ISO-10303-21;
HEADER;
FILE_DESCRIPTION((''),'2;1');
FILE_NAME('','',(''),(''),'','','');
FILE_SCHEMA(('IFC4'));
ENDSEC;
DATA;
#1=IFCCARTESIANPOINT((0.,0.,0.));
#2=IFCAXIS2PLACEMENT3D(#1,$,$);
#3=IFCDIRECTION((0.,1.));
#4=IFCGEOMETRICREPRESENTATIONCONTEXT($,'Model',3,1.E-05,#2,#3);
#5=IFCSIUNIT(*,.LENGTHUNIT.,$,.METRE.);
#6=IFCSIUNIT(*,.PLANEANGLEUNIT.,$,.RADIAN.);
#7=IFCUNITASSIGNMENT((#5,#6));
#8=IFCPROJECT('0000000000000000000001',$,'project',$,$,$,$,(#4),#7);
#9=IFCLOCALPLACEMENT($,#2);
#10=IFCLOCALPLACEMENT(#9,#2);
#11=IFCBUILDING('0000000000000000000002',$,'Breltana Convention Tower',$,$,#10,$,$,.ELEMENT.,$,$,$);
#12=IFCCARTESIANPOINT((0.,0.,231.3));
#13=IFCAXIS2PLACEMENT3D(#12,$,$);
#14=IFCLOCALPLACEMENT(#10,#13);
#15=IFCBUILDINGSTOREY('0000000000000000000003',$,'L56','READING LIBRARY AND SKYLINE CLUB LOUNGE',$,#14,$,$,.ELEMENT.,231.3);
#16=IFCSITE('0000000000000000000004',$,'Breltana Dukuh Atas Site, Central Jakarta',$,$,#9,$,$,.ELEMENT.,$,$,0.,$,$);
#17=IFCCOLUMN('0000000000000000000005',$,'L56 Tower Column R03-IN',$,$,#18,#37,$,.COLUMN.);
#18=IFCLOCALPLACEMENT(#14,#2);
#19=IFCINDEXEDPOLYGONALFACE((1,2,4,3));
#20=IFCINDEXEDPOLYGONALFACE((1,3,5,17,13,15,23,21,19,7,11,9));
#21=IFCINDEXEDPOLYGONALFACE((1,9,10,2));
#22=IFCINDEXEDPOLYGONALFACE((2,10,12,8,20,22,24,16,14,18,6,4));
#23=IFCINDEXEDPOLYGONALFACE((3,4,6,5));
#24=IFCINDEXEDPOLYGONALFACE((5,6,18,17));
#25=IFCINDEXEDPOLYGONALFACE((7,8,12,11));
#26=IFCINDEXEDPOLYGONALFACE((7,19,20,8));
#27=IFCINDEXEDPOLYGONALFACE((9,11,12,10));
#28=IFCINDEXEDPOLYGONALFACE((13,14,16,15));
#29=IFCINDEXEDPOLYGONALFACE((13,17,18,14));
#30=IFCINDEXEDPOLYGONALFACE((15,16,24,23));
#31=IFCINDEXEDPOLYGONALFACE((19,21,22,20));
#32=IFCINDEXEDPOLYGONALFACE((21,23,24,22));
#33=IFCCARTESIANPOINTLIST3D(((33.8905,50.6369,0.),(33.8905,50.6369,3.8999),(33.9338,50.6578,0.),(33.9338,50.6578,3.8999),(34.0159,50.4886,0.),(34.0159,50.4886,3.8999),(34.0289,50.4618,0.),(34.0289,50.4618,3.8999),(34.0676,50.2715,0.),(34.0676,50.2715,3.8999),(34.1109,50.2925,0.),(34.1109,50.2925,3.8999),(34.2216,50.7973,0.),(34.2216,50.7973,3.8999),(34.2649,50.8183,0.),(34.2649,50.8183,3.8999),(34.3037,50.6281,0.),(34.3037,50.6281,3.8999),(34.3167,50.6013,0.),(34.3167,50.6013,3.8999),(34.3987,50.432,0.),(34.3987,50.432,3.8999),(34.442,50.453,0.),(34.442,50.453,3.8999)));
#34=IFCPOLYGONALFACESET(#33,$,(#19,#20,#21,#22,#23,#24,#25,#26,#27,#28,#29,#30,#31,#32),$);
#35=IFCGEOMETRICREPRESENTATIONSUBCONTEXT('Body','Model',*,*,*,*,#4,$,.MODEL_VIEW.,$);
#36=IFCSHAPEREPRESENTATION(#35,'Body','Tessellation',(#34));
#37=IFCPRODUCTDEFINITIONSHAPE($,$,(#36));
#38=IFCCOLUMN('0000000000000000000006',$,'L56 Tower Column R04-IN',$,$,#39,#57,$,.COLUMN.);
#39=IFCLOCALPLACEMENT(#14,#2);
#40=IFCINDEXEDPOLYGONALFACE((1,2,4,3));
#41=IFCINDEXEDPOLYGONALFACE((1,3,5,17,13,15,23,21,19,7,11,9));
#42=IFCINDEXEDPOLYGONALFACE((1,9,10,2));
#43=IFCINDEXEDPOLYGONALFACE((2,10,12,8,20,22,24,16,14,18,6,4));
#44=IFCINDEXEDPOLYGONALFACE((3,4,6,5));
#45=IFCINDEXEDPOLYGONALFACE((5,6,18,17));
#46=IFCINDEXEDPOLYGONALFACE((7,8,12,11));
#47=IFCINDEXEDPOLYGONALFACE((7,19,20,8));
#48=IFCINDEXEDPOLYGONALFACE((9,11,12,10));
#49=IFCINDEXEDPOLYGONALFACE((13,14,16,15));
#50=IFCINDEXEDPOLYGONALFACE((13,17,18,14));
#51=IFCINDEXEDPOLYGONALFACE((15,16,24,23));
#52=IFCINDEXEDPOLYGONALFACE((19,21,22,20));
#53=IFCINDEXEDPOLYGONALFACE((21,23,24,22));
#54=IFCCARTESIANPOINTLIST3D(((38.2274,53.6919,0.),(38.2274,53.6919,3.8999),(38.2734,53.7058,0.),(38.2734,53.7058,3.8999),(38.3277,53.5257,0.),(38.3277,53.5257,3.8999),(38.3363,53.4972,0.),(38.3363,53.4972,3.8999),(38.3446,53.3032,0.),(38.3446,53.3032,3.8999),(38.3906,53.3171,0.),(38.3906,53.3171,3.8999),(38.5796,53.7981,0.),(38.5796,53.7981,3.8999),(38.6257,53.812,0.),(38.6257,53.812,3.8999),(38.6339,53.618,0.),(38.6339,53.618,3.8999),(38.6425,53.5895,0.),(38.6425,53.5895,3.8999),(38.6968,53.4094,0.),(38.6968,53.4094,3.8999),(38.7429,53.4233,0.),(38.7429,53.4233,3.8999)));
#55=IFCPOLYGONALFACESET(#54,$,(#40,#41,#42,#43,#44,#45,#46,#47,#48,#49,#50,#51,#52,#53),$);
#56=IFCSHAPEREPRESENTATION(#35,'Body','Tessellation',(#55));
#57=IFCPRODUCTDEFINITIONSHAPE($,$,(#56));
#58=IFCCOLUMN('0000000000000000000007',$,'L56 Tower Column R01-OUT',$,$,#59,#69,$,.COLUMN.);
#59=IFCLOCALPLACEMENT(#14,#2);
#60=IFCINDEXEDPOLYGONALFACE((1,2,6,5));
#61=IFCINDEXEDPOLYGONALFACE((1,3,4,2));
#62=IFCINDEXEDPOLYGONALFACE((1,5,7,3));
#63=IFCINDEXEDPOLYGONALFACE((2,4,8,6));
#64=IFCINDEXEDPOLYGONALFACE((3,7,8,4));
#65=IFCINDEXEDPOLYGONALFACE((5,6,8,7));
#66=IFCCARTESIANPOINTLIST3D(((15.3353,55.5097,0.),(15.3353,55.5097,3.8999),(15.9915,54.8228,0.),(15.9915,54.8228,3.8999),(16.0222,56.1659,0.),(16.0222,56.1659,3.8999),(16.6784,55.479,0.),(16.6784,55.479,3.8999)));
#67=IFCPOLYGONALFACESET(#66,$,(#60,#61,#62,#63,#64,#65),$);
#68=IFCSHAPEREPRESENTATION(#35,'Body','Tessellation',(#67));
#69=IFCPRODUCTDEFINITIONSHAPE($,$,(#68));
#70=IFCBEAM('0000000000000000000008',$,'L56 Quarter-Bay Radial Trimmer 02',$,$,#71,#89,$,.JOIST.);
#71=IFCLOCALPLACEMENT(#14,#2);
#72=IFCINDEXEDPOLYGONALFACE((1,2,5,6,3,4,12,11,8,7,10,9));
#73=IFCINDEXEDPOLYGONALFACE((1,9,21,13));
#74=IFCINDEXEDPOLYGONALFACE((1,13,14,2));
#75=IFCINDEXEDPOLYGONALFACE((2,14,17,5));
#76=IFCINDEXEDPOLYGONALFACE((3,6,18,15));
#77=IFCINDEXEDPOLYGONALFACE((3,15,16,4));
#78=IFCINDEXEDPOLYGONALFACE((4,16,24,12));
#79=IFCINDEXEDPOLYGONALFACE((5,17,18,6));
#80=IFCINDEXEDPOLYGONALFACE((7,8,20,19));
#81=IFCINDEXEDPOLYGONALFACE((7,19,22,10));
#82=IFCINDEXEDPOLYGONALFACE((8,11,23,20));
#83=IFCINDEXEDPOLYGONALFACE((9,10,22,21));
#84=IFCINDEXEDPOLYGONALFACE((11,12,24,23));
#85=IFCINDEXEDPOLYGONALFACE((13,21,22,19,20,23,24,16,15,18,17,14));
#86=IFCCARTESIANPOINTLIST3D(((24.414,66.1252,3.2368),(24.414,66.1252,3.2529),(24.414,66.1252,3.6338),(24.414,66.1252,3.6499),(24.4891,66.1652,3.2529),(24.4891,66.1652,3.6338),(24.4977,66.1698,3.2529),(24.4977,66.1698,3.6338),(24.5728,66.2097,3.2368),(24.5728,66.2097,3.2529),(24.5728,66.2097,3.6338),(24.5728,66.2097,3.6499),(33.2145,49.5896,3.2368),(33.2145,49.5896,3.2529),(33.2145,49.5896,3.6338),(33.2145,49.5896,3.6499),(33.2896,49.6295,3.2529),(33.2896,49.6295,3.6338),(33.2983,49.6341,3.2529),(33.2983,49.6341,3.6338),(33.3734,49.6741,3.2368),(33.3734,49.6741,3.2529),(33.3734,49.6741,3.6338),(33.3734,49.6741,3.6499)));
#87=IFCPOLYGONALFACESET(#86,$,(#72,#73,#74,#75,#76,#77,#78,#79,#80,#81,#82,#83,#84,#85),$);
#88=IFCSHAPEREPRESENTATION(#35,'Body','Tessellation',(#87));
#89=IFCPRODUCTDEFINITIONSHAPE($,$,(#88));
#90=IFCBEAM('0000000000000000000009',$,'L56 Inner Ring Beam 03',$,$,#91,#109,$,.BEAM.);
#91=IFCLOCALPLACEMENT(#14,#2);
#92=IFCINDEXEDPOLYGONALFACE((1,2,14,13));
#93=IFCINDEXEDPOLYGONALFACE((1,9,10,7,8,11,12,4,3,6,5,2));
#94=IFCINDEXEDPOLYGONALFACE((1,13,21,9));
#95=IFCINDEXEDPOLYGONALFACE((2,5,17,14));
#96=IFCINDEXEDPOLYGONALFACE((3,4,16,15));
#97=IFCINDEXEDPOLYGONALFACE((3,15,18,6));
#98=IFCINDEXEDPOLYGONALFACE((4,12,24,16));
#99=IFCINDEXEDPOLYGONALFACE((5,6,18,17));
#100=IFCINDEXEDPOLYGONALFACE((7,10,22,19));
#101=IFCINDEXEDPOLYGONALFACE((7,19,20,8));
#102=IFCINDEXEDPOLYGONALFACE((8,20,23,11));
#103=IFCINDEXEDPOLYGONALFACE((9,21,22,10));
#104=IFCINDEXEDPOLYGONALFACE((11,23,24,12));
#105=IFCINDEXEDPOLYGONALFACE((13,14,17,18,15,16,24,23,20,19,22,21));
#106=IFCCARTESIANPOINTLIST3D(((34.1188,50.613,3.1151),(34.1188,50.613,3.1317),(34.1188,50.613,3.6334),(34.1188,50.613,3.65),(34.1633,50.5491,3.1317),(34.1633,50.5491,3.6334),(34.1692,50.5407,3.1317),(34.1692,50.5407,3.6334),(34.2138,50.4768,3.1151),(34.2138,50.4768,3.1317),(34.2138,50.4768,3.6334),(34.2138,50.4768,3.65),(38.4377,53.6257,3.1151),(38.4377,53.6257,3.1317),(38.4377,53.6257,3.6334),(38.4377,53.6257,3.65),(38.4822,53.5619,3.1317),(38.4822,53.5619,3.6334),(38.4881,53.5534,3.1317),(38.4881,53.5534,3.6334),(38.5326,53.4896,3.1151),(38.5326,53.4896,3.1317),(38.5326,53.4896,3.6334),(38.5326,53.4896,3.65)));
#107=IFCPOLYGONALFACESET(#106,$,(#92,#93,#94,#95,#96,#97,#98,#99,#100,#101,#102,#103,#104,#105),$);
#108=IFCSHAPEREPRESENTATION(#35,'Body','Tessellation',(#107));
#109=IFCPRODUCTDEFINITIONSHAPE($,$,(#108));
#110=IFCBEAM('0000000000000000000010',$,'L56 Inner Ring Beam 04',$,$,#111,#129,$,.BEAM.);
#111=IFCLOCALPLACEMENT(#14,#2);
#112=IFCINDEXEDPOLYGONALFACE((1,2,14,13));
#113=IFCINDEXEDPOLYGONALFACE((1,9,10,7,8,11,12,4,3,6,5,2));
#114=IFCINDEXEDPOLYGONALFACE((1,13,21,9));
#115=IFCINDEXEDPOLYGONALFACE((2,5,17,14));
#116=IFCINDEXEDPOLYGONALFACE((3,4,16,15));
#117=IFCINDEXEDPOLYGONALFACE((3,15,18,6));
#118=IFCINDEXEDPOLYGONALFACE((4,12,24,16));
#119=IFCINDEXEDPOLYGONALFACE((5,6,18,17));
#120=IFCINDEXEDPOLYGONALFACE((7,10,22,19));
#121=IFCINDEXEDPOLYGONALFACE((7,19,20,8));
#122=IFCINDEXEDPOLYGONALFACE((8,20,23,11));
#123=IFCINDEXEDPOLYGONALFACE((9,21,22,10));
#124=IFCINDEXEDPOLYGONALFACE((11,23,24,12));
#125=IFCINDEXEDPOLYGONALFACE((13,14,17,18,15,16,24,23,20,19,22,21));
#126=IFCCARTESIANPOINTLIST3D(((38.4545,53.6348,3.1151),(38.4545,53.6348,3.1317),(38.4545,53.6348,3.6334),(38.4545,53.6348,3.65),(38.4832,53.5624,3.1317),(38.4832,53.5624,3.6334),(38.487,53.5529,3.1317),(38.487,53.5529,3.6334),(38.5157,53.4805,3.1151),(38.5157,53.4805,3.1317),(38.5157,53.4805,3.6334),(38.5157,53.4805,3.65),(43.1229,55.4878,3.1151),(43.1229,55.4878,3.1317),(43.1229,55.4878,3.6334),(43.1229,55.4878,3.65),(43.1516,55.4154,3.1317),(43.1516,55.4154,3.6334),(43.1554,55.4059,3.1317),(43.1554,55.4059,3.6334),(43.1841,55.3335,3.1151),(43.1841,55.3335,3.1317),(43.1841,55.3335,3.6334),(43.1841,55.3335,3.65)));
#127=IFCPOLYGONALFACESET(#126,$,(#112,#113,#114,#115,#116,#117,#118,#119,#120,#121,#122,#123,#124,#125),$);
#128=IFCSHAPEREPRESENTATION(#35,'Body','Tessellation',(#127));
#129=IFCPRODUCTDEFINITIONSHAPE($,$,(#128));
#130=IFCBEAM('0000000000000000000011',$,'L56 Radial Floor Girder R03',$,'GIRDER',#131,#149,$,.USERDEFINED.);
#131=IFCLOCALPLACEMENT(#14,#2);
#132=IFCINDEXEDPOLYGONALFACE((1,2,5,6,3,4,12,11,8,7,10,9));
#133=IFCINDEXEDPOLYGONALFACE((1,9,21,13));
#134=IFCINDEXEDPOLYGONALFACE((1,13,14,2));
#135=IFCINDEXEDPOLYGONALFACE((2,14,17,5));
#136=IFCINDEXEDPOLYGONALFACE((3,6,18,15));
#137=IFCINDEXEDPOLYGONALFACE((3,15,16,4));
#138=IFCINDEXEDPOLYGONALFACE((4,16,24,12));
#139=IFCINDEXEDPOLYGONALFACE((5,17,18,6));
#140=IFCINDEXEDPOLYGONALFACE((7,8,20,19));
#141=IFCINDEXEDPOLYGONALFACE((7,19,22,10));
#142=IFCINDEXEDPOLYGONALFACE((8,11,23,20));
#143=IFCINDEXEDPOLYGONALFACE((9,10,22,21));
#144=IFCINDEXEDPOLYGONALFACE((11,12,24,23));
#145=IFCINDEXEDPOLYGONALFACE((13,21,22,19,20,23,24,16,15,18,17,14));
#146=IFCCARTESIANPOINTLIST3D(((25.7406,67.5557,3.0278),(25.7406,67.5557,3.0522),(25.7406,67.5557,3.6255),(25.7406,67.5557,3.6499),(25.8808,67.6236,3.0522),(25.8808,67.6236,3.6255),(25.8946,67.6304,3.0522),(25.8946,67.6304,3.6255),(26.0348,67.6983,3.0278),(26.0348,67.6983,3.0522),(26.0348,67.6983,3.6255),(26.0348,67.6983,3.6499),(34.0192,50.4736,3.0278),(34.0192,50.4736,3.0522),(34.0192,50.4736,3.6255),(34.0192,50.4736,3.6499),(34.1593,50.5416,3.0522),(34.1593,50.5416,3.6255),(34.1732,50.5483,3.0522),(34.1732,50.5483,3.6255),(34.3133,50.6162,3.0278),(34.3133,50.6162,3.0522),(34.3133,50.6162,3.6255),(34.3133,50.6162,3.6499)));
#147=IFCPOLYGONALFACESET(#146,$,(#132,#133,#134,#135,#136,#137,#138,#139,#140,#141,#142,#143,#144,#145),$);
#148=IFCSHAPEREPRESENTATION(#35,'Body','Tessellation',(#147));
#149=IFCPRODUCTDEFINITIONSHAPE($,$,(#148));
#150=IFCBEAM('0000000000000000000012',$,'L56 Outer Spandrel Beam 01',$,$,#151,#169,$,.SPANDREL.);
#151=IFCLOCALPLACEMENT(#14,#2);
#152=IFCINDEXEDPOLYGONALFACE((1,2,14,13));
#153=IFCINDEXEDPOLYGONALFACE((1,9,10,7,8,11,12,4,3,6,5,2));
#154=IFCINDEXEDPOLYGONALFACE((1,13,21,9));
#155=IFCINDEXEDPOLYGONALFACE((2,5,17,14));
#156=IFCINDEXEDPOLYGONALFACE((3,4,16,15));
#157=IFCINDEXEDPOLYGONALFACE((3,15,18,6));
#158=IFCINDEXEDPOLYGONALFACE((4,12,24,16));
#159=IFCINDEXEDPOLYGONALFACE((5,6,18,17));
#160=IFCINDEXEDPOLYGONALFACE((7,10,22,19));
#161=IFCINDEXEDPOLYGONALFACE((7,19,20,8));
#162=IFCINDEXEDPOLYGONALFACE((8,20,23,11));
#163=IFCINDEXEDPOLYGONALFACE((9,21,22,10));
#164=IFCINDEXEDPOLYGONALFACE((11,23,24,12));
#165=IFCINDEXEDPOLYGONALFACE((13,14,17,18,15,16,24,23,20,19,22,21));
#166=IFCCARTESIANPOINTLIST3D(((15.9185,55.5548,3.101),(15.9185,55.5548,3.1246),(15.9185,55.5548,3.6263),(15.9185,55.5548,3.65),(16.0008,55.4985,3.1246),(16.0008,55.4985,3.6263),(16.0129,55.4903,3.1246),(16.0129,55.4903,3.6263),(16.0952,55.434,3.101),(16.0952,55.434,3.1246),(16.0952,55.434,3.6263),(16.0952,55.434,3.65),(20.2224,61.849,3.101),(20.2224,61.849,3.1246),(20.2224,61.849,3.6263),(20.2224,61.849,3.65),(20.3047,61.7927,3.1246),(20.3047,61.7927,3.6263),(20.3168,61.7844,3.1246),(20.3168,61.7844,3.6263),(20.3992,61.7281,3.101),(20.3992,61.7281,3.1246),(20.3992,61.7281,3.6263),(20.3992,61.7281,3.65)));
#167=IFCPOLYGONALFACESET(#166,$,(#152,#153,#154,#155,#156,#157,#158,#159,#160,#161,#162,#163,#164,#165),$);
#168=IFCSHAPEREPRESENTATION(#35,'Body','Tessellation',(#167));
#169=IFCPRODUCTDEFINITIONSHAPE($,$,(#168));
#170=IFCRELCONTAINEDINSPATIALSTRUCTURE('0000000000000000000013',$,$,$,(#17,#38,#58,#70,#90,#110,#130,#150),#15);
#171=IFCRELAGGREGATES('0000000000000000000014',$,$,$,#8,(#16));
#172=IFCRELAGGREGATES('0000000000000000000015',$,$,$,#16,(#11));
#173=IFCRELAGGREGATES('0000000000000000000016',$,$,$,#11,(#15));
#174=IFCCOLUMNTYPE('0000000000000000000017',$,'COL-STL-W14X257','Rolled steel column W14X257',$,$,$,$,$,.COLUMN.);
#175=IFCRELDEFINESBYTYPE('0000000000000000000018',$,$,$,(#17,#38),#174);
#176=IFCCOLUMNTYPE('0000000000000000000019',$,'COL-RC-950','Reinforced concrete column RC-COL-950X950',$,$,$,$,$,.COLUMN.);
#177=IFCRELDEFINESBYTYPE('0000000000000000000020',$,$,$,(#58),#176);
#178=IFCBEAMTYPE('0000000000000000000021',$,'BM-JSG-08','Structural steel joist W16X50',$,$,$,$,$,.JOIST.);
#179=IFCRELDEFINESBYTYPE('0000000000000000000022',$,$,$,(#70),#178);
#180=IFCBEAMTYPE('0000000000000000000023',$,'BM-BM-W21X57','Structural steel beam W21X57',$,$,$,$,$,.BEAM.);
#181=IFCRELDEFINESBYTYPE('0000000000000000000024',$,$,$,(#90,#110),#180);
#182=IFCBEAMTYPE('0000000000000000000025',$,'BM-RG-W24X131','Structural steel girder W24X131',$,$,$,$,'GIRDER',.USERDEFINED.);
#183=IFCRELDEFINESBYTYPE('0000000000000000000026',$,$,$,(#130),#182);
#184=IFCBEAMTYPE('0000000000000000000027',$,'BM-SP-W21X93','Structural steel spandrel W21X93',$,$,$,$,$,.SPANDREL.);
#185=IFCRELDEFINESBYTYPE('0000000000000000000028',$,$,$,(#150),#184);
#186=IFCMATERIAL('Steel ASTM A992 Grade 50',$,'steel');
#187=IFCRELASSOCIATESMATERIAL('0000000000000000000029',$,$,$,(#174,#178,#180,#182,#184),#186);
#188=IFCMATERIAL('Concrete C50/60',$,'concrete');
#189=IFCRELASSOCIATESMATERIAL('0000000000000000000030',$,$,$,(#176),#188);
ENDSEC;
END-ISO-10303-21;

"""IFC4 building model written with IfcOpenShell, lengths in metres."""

from ifc_helpers import new_model, si_unit, direction, frame, origin, origin_2d, place, context, subcontext, project, spatial, rectangle, i_section, extrude, source, transform, mapped, material, material_profile, profile_set, type_object, type_shapes, element, save


model = new_model("IFC4")

# Units and contexts
model_context = context("Model", 3, precision=1e-05, world=origin(), true_north=direction((0.0, 1.0)))
body_context = subcontext(model_context, "Body", "Model", "MODEL_VIEW")
ifc_project = project(units=[si_unit("LENGTHUNIT", "METRE"), si_unit("PLANEANGLEUNIT", "RADIAN")], contexts=[model_context])

# Site, building, storey
site_placement = place(None, origin())
site = spatial("IfcSite", under=ifc_project, at=site_placement, Name="Breltana Dukuh Atas Site, Central Jakarta", CompositionType="ELEMENT", RefElevation=0.0)
building_placement = place(site_placement, origin())
building = spatial("IfcBuilding", under=site, at=building_placement, Name="Breltana Convention Tower", CompositionType="ELEMENT")
storey_placement = place(building_placement, frame((0.0, 0.0, 231.3)))
storey = spatial("IfcBuildingStorey", under=building, at=storey_placement, Name="L56", Description="READING LIBRARY AND SKYLINE CLUB LOUNGE", CompositionType="ELEMENT", Elevation=231.3)

# Columns
ifc_material_1 = material(Name="Steel ASTM A992 Grade 50", Category="steel")
ifc_material_profile_1 = material_profile(ifc_material_1, i_section(OverallWidth=0.406, OverallDepth=0.416, WebThickness=0.0298, FlangeThickness=0.0481, at=origin_2d()), Name="W14X257")
ifc_profile_set_1 = profile_set([ifc_material_profile_1], Name="Steel ASTM A992 Grade 50")
column_type_1 = type_object("IfcColumnType", Name="COL-STL-W14X257", Description="Rolled steel column W14X257", PredefinedType="COLUMN", material=ifc_profile_set_1)
shared_shape_1 = source(origin(), body_context, "Body", "SweptSolid", [
    extrude(i_section(OverallWidth=0.406, OverallDepth=0.416, WebThickness=0.0298, FlangeThickness=0.0481, at=origin_2d()), origin(), (0.0, 0.0, 1.0), 3.8999),
])
for number, where, z_axis, x_axis, name in (
    (1, (34.1663, 50.5449, 0.0), (0.0, 0.0, 1.0), (-0.436174, 0.899863, 0.0), "L56 Tower Column R03-IN"),
    (2, (38.4851, 53.5576, 0.0), (0.0, 0.0, 1.0), (-0.288698, 0.95742, 0.0), "L56 Tower Column R04-IN"),
):
    element("IfcColumn", number, at=place(storey_placement, frame(where, z_axis=z_axis, x_axis=x_axis)), inside=storey, type_object=column_type_1, Name=name, PredefinedType="COLUMN", context=body_context, shape_type="MappedRepresentation", body=[
        mapped(shared_shape_1, transform((0.0, 0.0, 0.0), scale=1.0)),
    ])
ifc_material_2 = material(Name="Concrete C50/60", Category="concrete")
ifc_material_profile_2 = material_profile(ifc_material_2, rectangle(XDim=0.95, YDim=0.95, at=origin_2d()), Name="RC-COL-950X950")
ifc_profile_set_2 = profile_set([ifc_material_profile_2], Name="Concrete C50/60")
column_type_2 = type_object("IfcColumnType", Name="COL-RC-950", Description="Reinforced concrete column RC-COL-950X950", PredefinedType="COLUMN", material=ifc_profile_set_2)
shared_shape_2 = source(origin(), body_context, "Body", "SweptSolid", [
    extrude(rectangle(XDim=0.95, YDim=0.95, at=origin_2d()), origin(), (0.0, 0.0, 1.0), 3.8999),
])
column_placement = place(storey_placement, frame((16.0068, 55.4944, 0.0), z_axis=(0.0, 0.0, 1.0), x_axis=(-0.690756, 0.723088, 0.0)))
element("IfcColumn", 3, at=column_placement, inside=storey, type_object=column_type_2, Name="L56 Tower Column R01-OUT", PredefinedType="COLUMN", context=body_context, shape_type="MappedRepresentation", body=[
    mapped(shared_shape_2, transform((0.0, 0.0, 0.0), scale=1.0)),
])

# Beams
ifc_material_profile_3 = material_profile(ifc_material_1, i_section(OverallWidth=0.1799, OverallDepth=0.4131, WebThickness=0.0098, FlangeThickness=0.0161, at=origin_2d()), Name="W16X50")
ifc_profile_set_3 = profile_set([ifc_material_profile_3], Name="Steel ASTM A992 Grade 50")
beam_type_1 = type_object("IfcBeamType", Name="BM-JSG-08", Description="Structural steel joist W16X50", PredefinedType="JOIST", material=ifc_profile_set_3)
shared_shape_3 = source(origin(), body_context, "Body", "SweptSolid", [
    extrude(i_section(OverallWidth=0.1799, OverallDepth=0.4131, WebThickness=0.0098, FlangeThickness=0.0161, at=origin_2d()), origin(), (0.0, 0.0, 1.0), 18.7317),
])
beam_1_placement = place(storey_placement, frame((33.2939, 49.6318, 3.4434), z_axis=(-0.46982, 0.882762, 0.0), x_axis=(-0.882762, -0.46982, 0.0)))
element("IfcBeam", 4, at=beam_1_placement, inside=storey, type_object=beam_type_1, Name="L56 Quarter-Bay Radial Trimmer 02", PredefinedType="JOIST", context=body_context, shape_type="MappedRepresentation", body=[
    mapped(shared_shape_3, transform((0.0, 0.0, 0.0), scale=1.0)),
])
ifc_material_profile_4 = material_profile(ifc_material_1, i_section(OverallWidth=0.166, OverallDepth=0.5349, WebThickness=0.0103, FlangeThickness=0.0166, at=origin_2d()), Name="W21X57")
ifc_profile_set_4 = profile_set([ifc_material_profile_4], Name="Steel ASTM A992 Grade 50")
beam_type_2 = type_object("IfcBeamType", Name="BM-BM-W21X57", Description="Structural steel beam W21X57", PredefinedType="BEAM", material=ifc_profile_set_4)
shared_shape_4 = source(origin(), body_context, "Body", "SweptSolid", [
    extrude(i_section(OverallWidth=0.166, OverallDepth=0.5349, WebThickness=0.0103, FlangeThickness=0.0166, at=origin_2d()), origin(), (0.0, 0.0, 1.0), 5.2659),
])
beam_2_placement = place(storey_placement, frame((34.1663, 50.5449, 3.3826), z_axis=(0.820167, 0.572124, 0.0), x_axis=(-0.572124, 0.820167, 0.0)))
element("IfcBeam", 5, at=beam_2_placement, inside=storey, type_object=beam_type_2, Name="L56 Inner Ring Beam 03", PredefinedType="BEAM", context=body_context, shape_type="MappedRepresentation", body=[
    mapped(shared_shape_4, transform((0.0, 0.0, 0.0), scale=1.0)),
])
shared_shape_5 = source(origin(), body_context, "Body", "SweptSolid", [
    extrude(i_section(OverallWidth=0.166, OverallDepth=0.5349, WebThickness=0.0103, FlangeThickness=0.0166, at=origin_2d()), origin(), (0.0, 0.0, 1.0), 5.0227),
])
beam_3_placement = place(storey_placement, frame((38.4851, 53.5576, 3.3826), z_axis=(0.929459, 0.368926, 0.0), x_axis=(-0.368926, 0.929459, 0.0)))
element("IfcBeam", 6, at=beam_3_placement, inside=storey, type_object=beam_type_2, Name="L56 Inner Ring Beam 04", PredefinedType="BEAM", context=body_context, shape_type="MappedRepresentation", body=[
    mapped(shared_shape_5, transform((0.0, 0.0, 0.0), scale=1.0)),
])
ifc_material_profile_5 = material_profile(ifc_material_1, i_section(OverallWidth=0.3269, OverallDepth=0.6221, WebThickness=0.0154, FlangeThickness=0.0244, at=origin_2d()), Name="W24X131")
ifc_profile_set_5 = profile_set([ifc_material_profile_5], Name="Steel ASTM A992 Grade 50")
beam_type_3 = type_object("IfcBeamType", Name="BM-RG-W24X131", Description="Structural steel girder W24X131", ElementType="GIRDER", PredefinedType="USERDEFINED", material=ifc_profile_set_5)
shared_shape_6 = source(origin(), body_context, "Body", "SweptSolid", [
    extrude(i_section(OverallWidth=0.3269, OverallDepth=0.6221, WebThickness=0.0154, FlangeThickness=0.0244, at=origin_2d()), origin(), (0.0, 0.0, 1.0), 18.9824),
])
beam_4_placement = place(storey_placement, frame((34.1663, 50.5449, 3.3389), z_axis=(-0.436119, 0.899889, 0.0), x_axis=(-0.899889, -0.436119, 0.0)))
element("IfcBeam", 7, at=beam_4_placement, inside=storey, type_object=beam_type_3, Name="L56 Radial Floor Girder R03", ObjectType="GIRDER", PredefinedType="USERDEFINED", context=body_context, shape_type="MappedRepresentation", body=[
    mapped(shared_shape_6, transform((0.0, 0.0, 0.0), scale=1.0)),
])
ifc_material_profile_6 = material_profile(ifc_material_1, i_section(OverallWidth=0.2141, OverallDepth=0.5491, WebThickness=0.0146, FlangeThickness=0.0237, at=origin_2d()), Name="W21X93")
ifc_profile_set_6 = profile_set([ifc_material_profile_6], Name="Steel ASTM A992 Grade 50")
beam_type_4 = type_object("IfcBeamType", Name="BM-SP-W21X93", Description="Structural steel spandrel W21X93", PredefinedType="SPANDREL", material=ifc_profile_set_6)
shared_shape_7 = source(origin(), body_context, "Body", "SweptSolid", [
    extrude(i_section(OverallWidth=0.2141, OverallDepth=0.5491, WebThickness=0.0146, FlangeThickness=0.0237, at=origin_2d()), origin(), (0.0, 0.0, 1.0), 7.625),
])
type_shapes(beam_type_4, [shared_shape_7])
beam_5_placement = place(storey_placement, frame((16.0068, 55.4944, 3.3755), z_axis=(0.564452, 0.825466, 0.0), x_axis=(-0.825466, 0.564452, 0.0)))
element("IfcBeam", 8, at=beam_5_placement, inside=storey, type_object=beam_type_4, Name="L56 Outer Spandrel Beam 01", PredefinedType="SPANDREL", context=body_context, shape_type="MappedRepresentation", body=[
    mapped(shared_shape_7, transform((0.0, 0.0, 0.0), scale=1.0)),
])

save(model, "model.ifc")
